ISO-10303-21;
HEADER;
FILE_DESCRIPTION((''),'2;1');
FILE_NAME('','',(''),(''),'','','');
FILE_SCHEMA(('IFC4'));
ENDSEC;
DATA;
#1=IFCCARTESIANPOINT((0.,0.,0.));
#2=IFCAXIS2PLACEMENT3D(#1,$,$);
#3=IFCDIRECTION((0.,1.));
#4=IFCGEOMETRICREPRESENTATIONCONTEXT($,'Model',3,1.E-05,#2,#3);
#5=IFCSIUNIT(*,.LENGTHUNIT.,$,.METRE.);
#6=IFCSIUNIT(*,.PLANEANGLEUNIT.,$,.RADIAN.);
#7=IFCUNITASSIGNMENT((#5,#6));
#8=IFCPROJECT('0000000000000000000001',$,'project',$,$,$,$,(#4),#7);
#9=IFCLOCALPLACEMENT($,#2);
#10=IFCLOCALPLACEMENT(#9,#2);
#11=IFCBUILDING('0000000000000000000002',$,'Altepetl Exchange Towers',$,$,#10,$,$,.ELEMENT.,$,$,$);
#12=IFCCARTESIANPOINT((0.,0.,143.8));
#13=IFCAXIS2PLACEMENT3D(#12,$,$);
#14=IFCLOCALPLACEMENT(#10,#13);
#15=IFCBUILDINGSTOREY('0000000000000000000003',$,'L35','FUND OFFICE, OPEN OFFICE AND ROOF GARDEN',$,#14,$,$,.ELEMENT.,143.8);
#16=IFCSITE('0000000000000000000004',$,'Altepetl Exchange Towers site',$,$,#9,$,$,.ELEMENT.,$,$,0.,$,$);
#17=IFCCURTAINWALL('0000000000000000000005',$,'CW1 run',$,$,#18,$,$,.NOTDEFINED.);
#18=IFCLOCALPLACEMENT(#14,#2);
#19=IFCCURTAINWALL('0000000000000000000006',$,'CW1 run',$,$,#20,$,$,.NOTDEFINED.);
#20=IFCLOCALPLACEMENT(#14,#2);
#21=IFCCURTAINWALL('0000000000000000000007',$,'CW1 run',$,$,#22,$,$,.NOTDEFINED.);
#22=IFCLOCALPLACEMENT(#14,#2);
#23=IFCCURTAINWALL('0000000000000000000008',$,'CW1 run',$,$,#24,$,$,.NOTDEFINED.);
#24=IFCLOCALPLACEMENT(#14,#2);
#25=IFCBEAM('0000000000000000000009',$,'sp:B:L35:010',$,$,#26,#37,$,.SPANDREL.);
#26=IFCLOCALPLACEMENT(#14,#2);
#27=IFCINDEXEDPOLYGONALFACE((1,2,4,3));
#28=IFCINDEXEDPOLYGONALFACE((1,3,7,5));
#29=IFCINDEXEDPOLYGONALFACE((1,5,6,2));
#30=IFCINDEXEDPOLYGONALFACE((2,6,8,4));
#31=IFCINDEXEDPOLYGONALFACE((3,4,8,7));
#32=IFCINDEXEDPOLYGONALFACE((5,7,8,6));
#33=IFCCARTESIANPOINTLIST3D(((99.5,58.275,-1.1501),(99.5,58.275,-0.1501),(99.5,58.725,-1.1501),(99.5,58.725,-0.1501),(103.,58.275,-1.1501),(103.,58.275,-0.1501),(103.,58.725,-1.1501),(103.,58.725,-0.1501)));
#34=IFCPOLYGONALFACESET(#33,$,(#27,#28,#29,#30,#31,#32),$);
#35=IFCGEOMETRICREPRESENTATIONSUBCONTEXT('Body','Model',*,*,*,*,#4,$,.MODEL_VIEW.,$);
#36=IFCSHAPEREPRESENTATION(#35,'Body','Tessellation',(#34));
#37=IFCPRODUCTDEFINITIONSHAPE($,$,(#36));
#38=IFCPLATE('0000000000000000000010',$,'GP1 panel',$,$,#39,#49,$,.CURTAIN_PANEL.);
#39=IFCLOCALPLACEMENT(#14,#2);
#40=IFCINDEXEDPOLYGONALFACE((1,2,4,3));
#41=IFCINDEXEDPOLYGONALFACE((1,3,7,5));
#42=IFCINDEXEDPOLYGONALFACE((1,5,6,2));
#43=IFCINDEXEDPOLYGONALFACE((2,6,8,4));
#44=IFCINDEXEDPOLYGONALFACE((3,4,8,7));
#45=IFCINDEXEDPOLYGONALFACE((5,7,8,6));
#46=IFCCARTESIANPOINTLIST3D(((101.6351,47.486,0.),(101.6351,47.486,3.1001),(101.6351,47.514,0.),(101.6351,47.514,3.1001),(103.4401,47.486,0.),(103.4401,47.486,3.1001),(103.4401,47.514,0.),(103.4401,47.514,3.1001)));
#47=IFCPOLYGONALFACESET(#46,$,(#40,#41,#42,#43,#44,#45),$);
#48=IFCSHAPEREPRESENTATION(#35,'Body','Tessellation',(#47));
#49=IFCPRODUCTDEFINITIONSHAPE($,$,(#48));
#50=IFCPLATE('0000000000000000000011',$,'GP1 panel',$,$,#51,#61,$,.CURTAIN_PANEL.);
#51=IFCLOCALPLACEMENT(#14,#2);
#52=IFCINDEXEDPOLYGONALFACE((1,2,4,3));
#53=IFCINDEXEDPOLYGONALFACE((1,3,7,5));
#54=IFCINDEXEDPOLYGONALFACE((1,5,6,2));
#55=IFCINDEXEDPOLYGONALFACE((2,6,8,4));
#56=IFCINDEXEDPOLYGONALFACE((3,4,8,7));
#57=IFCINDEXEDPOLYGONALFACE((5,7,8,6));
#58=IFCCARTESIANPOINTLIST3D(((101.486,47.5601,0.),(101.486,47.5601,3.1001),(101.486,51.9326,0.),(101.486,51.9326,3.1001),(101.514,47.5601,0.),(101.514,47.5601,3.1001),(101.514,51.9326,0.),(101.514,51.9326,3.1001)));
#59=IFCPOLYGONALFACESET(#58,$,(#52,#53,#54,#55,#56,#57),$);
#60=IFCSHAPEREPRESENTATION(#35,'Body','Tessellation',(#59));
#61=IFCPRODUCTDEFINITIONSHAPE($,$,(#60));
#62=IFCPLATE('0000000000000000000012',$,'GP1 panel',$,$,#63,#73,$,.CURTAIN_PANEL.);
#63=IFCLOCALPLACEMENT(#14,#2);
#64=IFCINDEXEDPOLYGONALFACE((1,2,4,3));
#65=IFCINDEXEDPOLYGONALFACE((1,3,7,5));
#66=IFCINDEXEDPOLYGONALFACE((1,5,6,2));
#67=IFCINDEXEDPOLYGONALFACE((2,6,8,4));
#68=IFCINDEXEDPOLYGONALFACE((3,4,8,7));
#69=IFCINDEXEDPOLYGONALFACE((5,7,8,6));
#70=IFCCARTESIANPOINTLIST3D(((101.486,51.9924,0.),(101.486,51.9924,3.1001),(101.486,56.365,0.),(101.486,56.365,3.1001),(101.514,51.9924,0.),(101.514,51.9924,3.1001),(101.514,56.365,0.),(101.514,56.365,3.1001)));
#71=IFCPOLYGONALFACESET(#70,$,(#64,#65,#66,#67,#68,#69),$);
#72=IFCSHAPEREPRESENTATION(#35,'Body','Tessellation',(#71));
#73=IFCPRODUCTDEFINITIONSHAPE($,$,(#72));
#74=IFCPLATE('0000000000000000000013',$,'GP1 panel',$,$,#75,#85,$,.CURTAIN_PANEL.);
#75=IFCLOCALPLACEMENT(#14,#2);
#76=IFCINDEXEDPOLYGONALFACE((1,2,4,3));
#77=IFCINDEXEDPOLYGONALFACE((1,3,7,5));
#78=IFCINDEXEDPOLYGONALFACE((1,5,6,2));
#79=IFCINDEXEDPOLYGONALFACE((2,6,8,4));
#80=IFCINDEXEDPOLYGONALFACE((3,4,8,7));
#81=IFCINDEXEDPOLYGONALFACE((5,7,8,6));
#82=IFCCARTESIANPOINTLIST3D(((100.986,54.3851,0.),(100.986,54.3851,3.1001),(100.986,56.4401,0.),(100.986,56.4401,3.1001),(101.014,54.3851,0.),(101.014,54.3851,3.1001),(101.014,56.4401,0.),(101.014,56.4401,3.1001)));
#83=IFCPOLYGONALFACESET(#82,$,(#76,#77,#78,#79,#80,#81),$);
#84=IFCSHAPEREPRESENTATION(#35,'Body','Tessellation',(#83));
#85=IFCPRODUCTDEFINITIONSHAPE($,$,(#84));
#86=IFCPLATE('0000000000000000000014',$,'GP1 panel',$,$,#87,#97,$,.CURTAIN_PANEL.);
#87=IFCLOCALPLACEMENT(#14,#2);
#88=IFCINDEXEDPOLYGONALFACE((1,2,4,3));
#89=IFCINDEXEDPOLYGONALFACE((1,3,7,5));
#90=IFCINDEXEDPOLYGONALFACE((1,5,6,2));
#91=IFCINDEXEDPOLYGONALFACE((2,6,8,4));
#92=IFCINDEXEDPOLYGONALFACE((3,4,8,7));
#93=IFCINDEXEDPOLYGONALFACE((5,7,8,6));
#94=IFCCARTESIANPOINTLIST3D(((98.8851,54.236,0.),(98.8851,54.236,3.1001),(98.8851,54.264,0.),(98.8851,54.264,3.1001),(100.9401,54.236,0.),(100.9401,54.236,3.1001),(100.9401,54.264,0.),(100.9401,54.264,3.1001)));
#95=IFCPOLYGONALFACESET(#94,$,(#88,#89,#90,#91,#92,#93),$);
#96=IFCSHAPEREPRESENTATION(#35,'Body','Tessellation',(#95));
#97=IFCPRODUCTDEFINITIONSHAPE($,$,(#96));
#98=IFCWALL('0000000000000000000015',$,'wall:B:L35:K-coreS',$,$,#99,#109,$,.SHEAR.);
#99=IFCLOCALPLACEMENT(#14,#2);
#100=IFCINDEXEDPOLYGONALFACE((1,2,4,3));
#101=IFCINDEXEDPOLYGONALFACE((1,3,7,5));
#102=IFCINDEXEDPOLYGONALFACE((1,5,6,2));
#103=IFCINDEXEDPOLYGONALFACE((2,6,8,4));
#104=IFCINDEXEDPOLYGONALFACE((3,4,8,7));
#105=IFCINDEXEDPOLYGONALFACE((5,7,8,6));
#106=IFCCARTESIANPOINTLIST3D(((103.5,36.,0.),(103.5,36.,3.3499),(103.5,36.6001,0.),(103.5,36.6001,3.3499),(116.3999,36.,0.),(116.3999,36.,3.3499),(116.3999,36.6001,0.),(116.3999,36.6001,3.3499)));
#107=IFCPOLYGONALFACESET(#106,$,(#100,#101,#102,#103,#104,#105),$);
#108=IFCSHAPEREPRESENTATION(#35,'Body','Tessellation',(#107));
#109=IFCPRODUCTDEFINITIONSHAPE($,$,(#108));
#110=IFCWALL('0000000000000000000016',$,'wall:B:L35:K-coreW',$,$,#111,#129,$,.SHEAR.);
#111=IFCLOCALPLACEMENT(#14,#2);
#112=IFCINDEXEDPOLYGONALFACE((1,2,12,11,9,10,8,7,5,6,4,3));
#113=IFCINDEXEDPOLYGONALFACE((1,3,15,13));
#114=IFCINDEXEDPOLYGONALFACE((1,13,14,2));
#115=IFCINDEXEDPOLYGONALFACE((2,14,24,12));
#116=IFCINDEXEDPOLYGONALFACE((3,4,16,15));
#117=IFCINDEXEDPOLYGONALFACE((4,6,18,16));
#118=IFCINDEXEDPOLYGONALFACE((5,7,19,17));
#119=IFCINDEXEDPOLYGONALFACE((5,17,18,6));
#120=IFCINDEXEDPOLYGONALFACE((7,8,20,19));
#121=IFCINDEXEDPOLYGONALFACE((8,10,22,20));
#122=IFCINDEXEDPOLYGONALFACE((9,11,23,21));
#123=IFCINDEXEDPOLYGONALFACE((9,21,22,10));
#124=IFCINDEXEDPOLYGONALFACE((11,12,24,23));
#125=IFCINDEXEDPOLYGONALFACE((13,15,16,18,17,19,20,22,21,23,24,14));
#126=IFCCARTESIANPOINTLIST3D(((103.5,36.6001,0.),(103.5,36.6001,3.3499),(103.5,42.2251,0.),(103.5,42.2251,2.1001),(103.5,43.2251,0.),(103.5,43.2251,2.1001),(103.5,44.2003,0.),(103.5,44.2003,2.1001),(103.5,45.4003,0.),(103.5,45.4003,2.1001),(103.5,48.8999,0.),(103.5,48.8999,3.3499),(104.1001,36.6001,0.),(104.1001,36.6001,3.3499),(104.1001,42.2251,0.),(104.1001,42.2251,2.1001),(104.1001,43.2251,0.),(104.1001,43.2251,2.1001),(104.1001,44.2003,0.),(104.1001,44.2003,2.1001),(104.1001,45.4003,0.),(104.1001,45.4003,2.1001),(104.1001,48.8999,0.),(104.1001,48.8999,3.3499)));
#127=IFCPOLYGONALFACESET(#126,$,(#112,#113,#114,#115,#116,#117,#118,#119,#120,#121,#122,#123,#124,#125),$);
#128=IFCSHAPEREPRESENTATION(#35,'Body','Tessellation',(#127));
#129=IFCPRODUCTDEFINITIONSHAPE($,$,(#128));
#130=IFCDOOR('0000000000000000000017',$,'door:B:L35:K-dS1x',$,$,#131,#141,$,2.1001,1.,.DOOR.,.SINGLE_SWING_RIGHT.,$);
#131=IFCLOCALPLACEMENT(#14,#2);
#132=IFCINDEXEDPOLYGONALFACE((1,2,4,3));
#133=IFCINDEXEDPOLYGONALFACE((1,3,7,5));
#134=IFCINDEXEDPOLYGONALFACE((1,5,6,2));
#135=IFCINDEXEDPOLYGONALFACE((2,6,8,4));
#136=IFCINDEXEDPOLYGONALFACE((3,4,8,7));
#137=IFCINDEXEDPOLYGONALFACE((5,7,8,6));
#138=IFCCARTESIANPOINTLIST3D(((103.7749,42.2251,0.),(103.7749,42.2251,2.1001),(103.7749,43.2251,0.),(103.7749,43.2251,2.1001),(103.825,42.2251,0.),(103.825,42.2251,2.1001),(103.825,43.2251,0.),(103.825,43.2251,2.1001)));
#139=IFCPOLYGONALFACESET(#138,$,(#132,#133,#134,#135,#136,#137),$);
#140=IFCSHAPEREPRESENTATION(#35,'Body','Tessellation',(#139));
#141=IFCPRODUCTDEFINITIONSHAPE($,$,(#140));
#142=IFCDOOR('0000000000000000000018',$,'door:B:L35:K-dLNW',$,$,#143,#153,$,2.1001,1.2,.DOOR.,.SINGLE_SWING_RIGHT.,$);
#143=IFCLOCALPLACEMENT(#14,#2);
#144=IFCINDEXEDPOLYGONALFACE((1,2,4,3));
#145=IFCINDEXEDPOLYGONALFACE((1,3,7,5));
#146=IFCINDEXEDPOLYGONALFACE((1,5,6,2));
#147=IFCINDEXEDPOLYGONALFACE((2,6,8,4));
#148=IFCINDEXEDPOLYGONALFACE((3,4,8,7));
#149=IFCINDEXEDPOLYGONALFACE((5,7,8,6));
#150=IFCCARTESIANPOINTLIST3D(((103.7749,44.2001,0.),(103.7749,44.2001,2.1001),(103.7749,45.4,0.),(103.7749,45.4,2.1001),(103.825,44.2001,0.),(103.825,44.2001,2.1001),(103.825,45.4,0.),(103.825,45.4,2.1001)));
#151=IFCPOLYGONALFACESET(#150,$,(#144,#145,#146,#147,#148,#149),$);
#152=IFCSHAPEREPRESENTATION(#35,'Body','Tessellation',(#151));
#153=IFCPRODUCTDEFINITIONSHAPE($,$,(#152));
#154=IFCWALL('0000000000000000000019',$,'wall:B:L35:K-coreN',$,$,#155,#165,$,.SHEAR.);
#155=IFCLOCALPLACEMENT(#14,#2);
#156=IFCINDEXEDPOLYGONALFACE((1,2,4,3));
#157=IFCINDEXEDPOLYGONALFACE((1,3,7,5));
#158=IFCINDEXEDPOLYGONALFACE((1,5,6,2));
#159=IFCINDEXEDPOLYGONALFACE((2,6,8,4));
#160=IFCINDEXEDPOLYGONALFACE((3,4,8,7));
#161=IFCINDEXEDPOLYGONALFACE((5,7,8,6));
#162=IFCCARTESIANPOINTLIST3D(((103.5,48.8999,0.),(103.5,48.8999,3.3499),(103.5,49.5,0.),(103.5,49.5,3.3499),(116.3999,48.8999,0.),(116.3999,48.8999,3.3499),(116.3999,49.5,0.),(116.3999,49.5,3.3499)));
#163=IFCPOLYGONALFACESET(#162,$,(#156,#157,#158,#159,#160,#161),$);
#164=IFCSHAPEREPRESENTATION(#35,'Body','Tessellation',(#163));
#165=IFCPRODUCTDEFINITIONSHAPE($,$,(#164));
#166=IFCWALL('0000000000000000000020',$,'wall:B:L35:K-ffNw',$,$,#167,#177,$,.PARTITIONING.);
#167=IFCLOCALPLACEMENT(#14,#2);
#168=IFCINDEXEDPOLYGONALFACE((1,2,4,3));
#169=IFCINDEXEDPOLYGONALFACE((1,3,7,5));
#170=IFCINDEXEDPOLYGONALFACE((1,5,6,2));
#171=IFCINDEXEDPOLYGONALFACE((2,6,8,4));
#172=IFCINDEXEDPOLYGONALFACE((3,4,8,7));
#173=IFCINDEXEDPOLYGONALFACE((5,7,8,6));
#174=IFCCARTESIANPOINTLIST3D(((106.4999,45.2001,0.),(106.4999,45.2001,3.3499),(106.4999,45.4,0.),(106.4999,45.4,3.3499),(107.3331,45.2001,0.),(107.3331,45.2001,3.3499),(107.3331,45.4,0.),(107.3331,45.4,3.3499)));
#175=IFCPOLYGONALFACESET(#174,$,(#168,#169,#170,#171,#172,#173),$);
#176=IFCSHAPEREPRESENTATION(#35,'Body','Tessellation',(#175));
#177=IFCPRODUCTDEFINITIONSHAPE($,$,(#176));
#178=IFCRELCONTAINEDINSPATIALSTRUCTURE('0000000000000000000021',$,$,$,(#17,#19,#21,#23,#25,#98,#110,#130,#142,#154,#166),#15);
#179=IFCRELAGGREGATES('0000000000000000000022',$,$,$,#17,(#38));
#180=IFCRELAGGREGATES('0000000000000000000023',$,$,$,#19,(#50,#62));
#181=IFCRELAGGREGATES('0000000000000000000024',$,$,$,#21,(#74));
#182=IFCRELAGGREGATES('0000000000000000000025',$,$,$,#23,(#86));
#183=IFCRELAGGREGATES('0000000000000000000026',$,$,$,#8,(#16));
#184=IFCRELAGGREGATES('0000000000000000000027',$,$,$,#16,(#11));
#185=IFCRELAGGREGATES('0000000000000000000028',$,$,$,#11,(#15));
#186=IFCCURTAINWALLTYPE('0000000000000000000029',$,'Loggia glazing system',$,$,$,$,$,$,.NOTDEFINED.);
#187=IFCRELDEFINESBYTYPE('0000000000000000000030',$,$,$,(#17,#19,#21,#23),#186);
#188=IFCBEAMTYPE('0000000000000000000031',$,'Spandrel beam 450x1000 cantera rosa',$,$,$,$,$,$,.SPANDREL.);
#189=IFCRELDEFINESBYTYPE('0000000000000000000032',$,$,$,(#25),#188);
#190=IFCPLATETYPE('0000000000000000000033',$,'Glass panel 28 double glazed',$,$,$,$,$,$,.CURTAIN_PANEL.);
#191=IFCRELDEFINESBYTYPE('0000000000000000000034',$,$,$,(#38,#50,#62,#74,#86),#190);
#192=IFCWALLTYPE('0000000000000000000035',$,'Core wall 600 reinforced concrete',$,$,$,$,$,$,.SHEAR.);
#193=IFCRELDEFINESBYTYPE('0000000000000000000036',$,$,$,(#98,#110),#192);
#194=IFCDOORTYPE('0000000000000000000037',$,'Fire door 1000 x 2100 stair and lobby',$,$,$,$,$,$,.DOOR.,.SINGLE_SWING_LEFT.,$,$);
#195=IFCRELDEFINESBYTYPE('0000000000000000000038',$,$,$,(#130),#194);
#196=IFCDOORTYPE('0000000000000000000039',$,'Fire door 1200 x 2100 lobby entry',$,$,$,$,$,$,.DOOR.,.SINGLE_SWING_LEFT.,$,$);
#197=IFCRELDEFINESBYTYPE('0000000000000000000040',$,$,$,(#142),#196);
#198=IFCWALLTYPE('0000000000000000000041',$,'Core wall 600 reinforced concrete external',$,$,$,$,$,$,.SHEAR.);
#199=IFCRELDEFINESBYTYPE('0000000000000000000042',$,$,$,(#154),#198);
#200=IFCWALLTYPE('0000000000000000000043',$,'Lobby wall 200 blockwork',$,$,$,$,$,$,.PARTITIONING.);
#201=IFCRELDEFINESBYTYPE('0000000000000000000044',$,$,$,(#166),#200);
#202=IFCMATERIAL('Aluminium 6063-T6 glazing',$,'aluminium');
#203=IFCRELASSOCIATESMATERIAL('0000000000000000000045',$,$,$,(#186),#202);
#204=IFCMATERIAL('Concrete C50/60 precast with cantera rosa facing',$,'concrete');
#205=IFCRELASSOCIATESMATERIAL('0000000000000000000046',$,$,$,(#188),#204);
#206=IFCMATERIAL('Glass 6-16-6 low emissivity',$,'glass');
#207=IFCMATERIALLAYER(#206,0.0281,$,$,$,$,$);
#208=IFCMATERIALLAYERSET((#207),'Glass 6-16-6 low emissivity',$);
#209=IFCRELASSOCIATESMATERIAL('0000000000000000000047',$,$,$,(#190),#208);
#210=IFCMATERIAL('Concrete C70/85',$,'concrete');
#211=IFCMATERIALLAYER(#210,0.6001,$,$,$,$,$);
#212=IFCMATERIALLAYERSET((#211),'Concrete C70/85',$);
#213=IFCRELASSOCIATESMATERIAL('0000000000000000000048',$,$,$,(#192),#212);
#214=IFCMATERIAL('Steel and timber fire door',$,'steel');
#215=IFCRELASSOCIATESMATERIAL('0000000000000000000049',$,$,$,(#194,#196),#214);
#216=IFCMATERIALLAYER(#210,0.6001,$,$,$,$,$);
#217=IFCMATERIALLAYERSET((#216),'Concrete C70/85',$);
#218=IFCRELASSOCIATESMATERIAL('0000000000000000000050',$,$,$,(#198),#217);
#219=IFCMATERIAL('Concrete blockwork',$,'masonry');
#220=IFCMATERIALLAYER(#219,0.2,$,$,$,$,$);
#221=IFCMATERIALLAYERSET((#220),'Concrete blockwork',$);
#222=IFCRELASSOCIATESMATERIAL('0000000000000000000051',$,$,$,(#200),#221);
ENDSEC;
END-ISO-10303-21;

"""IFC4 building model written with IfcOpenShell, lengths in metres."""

from ifc_helpers import new_model, si_unit, direction, frame, frame_2d, origin, origin_2d, place, context, subcontext, project, spatial, rectangle, extrude, material, layer, layer_set, material_profile, profile_set, type_object, element, fill, aggregate, save


model = new_model("IFC4")

# Units and contexts
model_context = context("Model", 3, precision=1e-05, world=origin(), true_north=direction((0.0, 1.0)))
body_context = subcontext(model_context, "Body", "Model", "MODEL_VIEW")
ifc_project = project(units=[si_unit("LENGTHUNIT", "METRE"), si_unit("PLANEANGLEUNIT", "RADIAN")], contexts=[model_context])

# Site, building, storey
site_placement = place(None, origin())
site = spatial("IfcSite", under=ifc_project, at=site_placement, Name="Altepetl Exchange Towers site", CompositionType="ELEMENT", RefElevation=0.0)
building_placement = place(site_placement, origin())
building = spatial("IfcBuilding", under=site, at=building_placement, Name="Altepetl Exchange Towers", CompositionType="ELEMENT")
storey_placement = place(building_placement, frame((0.0, 0.0, 143.8)))
storey = spatial("IfcBuildingStorey", under=building, at=storey_placement, Name="L35", Description="FUND OFFICE, OPEN OFFICE AND ROOF GARDEN", CompositionType="ELEMENT", Elevation=143.8)

# Curtain walls
ifc_material_1 = material(Name="Aluminium 6063-T6 glazing", Category="aluminium")
curtain_wall_type = type_object("IfcCurtainWallType", Name="Loggia glazing system", PredefinedType="NOTDEFINED", material=ifc_material_1)
curtain_wall_1_placement = place(storey_placement, origin())
curtain_wall_1 = element("IfcCurtainWall", 1, at=curtain_wall_1_placement, inside=storey, type_object=curtain_wall_type, Name="CW1 run", PredefinedType="NOTDEFINED")
curtain_wall_2_placement = place(storey_placement, origin())
curtain_wall_2 = element("IfcCurtainWall", 2, at=curtain_wall_2_placement, inside=storey, type_object=curtain_wall_type, Name="CW1 run", PredefinedType="NOTDEFINED")
curtain_wall_3_placement = place(storey_placement, origin())
curtain_wall_3 = element("IfcCurtainWall", 3, at=curtain_wall_3_placement, inside=storey, type_object=curtain_wall_type, Name="CW1 run", PredefinedType="NOTDEFINED")

# Curtain wall
curtain_wall_4_placement = place(storey_placement, origin())
curtain_wall_4 = element("IfcCurtainWall", 4, at=curtain_wall_4_placement, inside=storey, type_object=curtain_wall_type, Name="CW1 run", PredefinedType="NOTDEFINED")

# Beam
ifc_material_2 = material(Name="Concrete C50/60 precast with cantera rosa facing", Category="concrete")
ifc_material_profile_1 = material_profile(ifc_material_2, rectangle(XDim=0.45, YDim=1.0, at=origin_2d()), Name="450 x 1000")
ifc_profile_set_1 = profile_set([ifc_material_profile_1], Name="Concrete C50/60 precast with cantera rosa facing")
beam_type = type_object("IfcBeamType", Name="Spandrel beam 450x1000 cantera rosa", PredefinedType="SPANDREL", material=ifc_profile_set_1)
for number, where, z_axis, x_axis, name in (
    (5, (103.0, 58.5, -0.6501), (-1.0, 0.0, 0.0), (0.0, -1.0, 0.0), "sp:B:L35:010"),
):
    element("IfcBeam", number, at=place(storey_placement, frame(where, z_axis=z_axis, x_axis=x_axis)), inside=storey, type_object=beam_type, Name=name, PredefinedType="SPANDREL", context=body_context, shape_type="SweptSolid", body=[
        extrude(rectangle(XDim=0.45, YDim=1.0, at=origin_2d()), origin(), (0.0, 0.0, 1.0), 3.5),
    ])

# Plates
ifc_material_3 = material(Name="Glass 6-16-6 low emissivity", Category="glass")
ifc_layer_1 = layer(ifc_material_3, 0.0281)
ifc_layer_set_1 = layer_set([ifc_layer_1], Name="Glass 6-16-6 low emissivity")
plate_type = type_object("IfcPlateType", Name="Glass panel 28 double glazed", PredefinedType="CURTAIN_PANEL", material=ifc_layer_set_1)
plate_1_placement = place(storey_placement, frame((102.5376, 47.5, 0.0), z_axis=(0.0, 0.0, 1.0), x_axis=(-1.0, 0.0, 0.0)))
plate_1 = element("IfcPlate", 6, at=plate_1_placement, type_object=plate_type, Name="GP1 panel", PredefinedType="CURTAIN_PANEL", context=body_context, shape_type="SweptSolid", body=[
    extrude(rectangle(XDim=1.8049, YDim=0.0281, at=origin_2d()), origin(), (0.0, 0.0, 1.0), 3.1001),
])
aggregate(curtain_wall_1, [plate_1])
plate_2_placement = place(storey_placement, frame((101.5, 49.7463, 0.0), z_axis=(0.0, 0.0, 1.0), x_axis=(0.0, 1.0, 0.0)))
plate_2 = element("IfcPlate", 7, at=plate_2_placement, type_object=plate_type, Name="GP1 panel", PredefinedType="CURTAIN_PANEL", context=body_context, shape_type="SweptSolid", body=[
    extrude(rectangle(XDim=4.3726, YDim=0.0281, at=origin_2d()), origin(), (0.0, 0.0, 1.0), 3.1001),
])
plate_3_placement = place(storey_placement, frame((101.5, 54.1787, 0.0), z_axis=(0.0, 0.0, 1.0), x_axis=(0.0, 1.0, 0.0)))
plate_3 = element("IfcPlate", 8, at=plate_3_placement, type_object=plate_type, Name="GP1 panel", PredefinedType="CURTAIN_PANEL", context=body_context, shape_type="SweptSolid", body=[
    extrude(rectangle(XDim=4.3726, YDim=0.0281, at=origin_2d()), origin(), (0.0, 0.0, 1.0), 3.1001),
])
aggregate(curtain_wall_2, [plate_2, plate_3])
plate_4_placement = place(storey_placement, frame((101.0, 55.4126, 0.0), z_axis=(0.0, 0.0, 1.0), x_axis=(0.0, -1.0, 0.0)))
plate_4 = element("IfcPlate", 9, at=plate_4_placement, type_object=plate_type, Name="GP1 panel", PredefinedType="CURTAIN_PANEL", context=body_context, shape_type="SweptSolid", body=[
    extrude(rectangle(XDim=2.0549, YDim=0.0281, at=origin_2d()), origin(), (0.0, 0.0, 1.0), 3.1001),
])
aggregate(curtain_wall_3, [plate_4])
plate_5_placement = place(storey_placement, frame((99.9126, 54.25, 0.0), z_axis=(0.0, 0.0, 1.0), x_axis=(-1.0, 0.0, 0.0)))
plate_5 = element("IfcPlate", 10, at=plate_5_placement, type_object=plate_type, Name="GP1 panel", PredefinedType="CURTAIN_PANEL", context=body_context, shape_type="SweptSolid", body=[
    extrude(rectangle(XDim=2.0549, YDim=0.0281, at=origin_2d()), origin(), (0.0, 0.0, 1.0), 3.1001),
])
aggregate(curtain_wall_4, [plate_5])

# Wall
ifc_material_4 = material(Name="Concrete C70/85", Category="concrete")
ifc_layer_2 = layer(ifc_material_4, 0.6001)
ifc_layer_set_2 = layer_set([ifc_layer_2], Name="Concrete C70/85")
wall_type_1 = type_object("IfcWallType", Name="Core wall 600 reinforced concrete", PredefinedType="SHEAR", material=ifc_layer_set_2)
wall_1_placement = place(storey_placement, frame((103.5, 36.3, 0.0)))
element("IfcWall", 11, at=wall_1_placement, inside=storey, type_object=wall_type_1, Name="wall:B:L35:K-coreS", PredefinedType="SHEAR", context=body_context, shape_type="SweptSolid", body=[
    extrude(rectangle(XDim=12.8999, YDim=0.6001, at=frame_2d((6.45, 0.0))), origin(), (0.0, 0.0, 1.0), 3.3499),
])

# Wall, openings, doors
wall_2_placement = place(storey_placement, frame((103.8, 36.6001, 0.0), z_axis=(0.0, 0.0, 1.0), x_axis=(0.0, 1.0, 0.0)))
wall_2 = element("IfcWall", 12, at=wall_2_placement, inside=storey, type_object=wall_type_1, Name="wall:B:L35:K-coreW", PredefinedType="SHEAR", context=body_context, shape_type="SweptSolid", body=[
    extrude(rectangle(XDim=12.2998, YDim=0.6001, at=frame_2d((6.1499, 0.0))), origin(), (0.0, 0.0, 1.0), 3.3499),
])
opening_1_placement = place(wall_2_placement, frame((7.6001, 0.0, 0.0)))
opening_1 = element("IfcOpeningElement", 13, at=opening_1_placement, cuts=wall_2, PredefinedType="OPENING", context=body_context, shape_type="SweptSolid", body=[
    extrude(rectangle(XDim=1.2, YDim=2.1001, at=frame_2d((0.6001, 1.05))), frame((0.0, 0.3101, 0.0), z_axis=(0.0, -1.0, 0.0), x_axis=(1.0, 0.0, 0.0)), (0.0, 0.0, 1.0), 0.6201),
])
opening_2_placement = place(wall_2_placement, frame((5.625, 0.0, 0.0)))
opening_2 = element("IfcOpeningElement", 14, at=opening_2_placement, cuts=wall_2, PredefinedType="OPENING", context=body_context, shape_type="SweptSolid", body=[
    extrude(rectangle(XDim=1.0, YDim=2.1001, at=frame_2d((0.5, 1.05))), frame((0.0, 0.3101, 0.0), z_axis=(0.0, -1.0, 0.0), x_axis=(1.0, 0.0, 0.0)), (0.0, 0.0, 1.0), 0.6201),
])
ifc_material_5 = material(Name="Steel and timber fire door", Category="steel")
door_type_1 = type_object("IfcDoorType", Name="Fire door 1000 x 2100 stair and lobby", OperationType="SINGLE_SWING_LEFT", PredefinedType="DOOR", material=ifc_material_5)
door_1_placement = place(opening_2_placement, frame((1.0, 0.0, 0.0), x_axis=(-1.0, 0.0, 0.0)))
door_1 = element("IfcDoor", 15, at=door_1_placement, inside=storey, type_object=door_type_1, Name="door:B:L35:K-dS1x", OperationType="SINGLE_SWING_RIGHT", OverallHeight=2.1001, OverallWidth=1.0, PredefinedType="DOOR", context=body_context, shape_type="SweptSolid", body=[
    extrude(rectangle(XDim=1.0, YDim=2.1001, at=frame_2d((0.5, 1.05))), frame((0.0, 0.0249, 0.0), z_axis=(0.0, -1.0, 0.0), x_axis=(1.0, 0.0, 0.0)), (0.0, 0.0, 1.0), 0.05),
])
fill(opening_2, door_1)
door_type_2 = type_object("IfcDoorType", Name="Fire door 1200 x 2100 lobby entry", OperationType="SINGLE_SWING_LEFT", PredefinedType="DOOR", material=ifc_material_5)
door_2_placement = place(opening_1_placement, frame((1.2, 0.0, 0.0), x_axis=(-1.0, 0.0, 0.0)))
door_2 = element("IfcDoor", 16, at=door_2_placement, inside=storey, type_object=door_type_2, Name="door:B:L35:K-dLNW", OperationType="SINGLE_SWING_RIGHT", OverallHeight=2.1001, OverallWidth=1.2, PredefinedType="DOOR", context=body_context, shape_type="SweptSolid", body=[
    extrude(rectangle(XDim=1.2, YDim=2.1001, at=frame_2d((0.6001, 1.05))), frame((0.0, 0.0249, 0.0), z_axis=(0.0, -1.0, 0.0), x_axis=(1.0, 0.0, 0.0)), (0.0, 0.0, 1.0), 0.05),
])
fill(opening_1, door_2)

# Walls
ifc_layer_3 = layer(ifc_material_4, 0.6001)
ifc_layer_set_3 = layer_set([ifc_layer_3], Name="Concrete C70/85")
wall_type_2 = type_object("IfcWallType", Name="Core wall 600 reinforced concrete external", PredefinedType="SHEAR", material=ifc_layer_set_3)
wall_3_placement = place(storey_placement, frame((103.5, 49.2, 0.0)))
element("IfcWall", 17, at=wall_3_placement, inside=storey, type_object=wall_type_2, Name="wall:B:L35:K-coreN", PredefinedType="SHEAR", context=body_context, shape_type="SweptSolid", body=[
    extrude(rectangle(XDim=12.8999, YDim=0.6001, at=frame_2d((6.45, 0.0))), origin(), (0.0, 0.0, 1.0), 3.3499),
])
ifc_material_6 = material(Name="Concrete blockwork", Category="masonry")
ifc_layer_4 = layer(ifc_material_6, 0.2)
ifc_layer_set_4 = layer_set([ifc_layer_4], Name="Concrete blockwork")
wall_type_3 = type_object("IfcWallType", Name="Lobby wall 200 blockwork", PredefinedType="PARTITIONING", material=ifc_layer_set_4)
wall_4_placement = place(storey_placement, frame((106.5, 45.3, 0.0)))
element("IfcWall", 18, at=wall_4_placement, inside=storey, type_object=wall_type_3, Name="wall:B:L35:K-ffNw", PredefinedType="PARTITIONING", context=body_context, shape_type="SweptSolid", body=[
    extrude(rectangle(XDim=0.8333, YDim=0.2, at=frame_2d((0.4165, 0.0))), origin(), (0.0, 0.0, 1.0), 3.3499),
])

save(model, "model.ifc")
